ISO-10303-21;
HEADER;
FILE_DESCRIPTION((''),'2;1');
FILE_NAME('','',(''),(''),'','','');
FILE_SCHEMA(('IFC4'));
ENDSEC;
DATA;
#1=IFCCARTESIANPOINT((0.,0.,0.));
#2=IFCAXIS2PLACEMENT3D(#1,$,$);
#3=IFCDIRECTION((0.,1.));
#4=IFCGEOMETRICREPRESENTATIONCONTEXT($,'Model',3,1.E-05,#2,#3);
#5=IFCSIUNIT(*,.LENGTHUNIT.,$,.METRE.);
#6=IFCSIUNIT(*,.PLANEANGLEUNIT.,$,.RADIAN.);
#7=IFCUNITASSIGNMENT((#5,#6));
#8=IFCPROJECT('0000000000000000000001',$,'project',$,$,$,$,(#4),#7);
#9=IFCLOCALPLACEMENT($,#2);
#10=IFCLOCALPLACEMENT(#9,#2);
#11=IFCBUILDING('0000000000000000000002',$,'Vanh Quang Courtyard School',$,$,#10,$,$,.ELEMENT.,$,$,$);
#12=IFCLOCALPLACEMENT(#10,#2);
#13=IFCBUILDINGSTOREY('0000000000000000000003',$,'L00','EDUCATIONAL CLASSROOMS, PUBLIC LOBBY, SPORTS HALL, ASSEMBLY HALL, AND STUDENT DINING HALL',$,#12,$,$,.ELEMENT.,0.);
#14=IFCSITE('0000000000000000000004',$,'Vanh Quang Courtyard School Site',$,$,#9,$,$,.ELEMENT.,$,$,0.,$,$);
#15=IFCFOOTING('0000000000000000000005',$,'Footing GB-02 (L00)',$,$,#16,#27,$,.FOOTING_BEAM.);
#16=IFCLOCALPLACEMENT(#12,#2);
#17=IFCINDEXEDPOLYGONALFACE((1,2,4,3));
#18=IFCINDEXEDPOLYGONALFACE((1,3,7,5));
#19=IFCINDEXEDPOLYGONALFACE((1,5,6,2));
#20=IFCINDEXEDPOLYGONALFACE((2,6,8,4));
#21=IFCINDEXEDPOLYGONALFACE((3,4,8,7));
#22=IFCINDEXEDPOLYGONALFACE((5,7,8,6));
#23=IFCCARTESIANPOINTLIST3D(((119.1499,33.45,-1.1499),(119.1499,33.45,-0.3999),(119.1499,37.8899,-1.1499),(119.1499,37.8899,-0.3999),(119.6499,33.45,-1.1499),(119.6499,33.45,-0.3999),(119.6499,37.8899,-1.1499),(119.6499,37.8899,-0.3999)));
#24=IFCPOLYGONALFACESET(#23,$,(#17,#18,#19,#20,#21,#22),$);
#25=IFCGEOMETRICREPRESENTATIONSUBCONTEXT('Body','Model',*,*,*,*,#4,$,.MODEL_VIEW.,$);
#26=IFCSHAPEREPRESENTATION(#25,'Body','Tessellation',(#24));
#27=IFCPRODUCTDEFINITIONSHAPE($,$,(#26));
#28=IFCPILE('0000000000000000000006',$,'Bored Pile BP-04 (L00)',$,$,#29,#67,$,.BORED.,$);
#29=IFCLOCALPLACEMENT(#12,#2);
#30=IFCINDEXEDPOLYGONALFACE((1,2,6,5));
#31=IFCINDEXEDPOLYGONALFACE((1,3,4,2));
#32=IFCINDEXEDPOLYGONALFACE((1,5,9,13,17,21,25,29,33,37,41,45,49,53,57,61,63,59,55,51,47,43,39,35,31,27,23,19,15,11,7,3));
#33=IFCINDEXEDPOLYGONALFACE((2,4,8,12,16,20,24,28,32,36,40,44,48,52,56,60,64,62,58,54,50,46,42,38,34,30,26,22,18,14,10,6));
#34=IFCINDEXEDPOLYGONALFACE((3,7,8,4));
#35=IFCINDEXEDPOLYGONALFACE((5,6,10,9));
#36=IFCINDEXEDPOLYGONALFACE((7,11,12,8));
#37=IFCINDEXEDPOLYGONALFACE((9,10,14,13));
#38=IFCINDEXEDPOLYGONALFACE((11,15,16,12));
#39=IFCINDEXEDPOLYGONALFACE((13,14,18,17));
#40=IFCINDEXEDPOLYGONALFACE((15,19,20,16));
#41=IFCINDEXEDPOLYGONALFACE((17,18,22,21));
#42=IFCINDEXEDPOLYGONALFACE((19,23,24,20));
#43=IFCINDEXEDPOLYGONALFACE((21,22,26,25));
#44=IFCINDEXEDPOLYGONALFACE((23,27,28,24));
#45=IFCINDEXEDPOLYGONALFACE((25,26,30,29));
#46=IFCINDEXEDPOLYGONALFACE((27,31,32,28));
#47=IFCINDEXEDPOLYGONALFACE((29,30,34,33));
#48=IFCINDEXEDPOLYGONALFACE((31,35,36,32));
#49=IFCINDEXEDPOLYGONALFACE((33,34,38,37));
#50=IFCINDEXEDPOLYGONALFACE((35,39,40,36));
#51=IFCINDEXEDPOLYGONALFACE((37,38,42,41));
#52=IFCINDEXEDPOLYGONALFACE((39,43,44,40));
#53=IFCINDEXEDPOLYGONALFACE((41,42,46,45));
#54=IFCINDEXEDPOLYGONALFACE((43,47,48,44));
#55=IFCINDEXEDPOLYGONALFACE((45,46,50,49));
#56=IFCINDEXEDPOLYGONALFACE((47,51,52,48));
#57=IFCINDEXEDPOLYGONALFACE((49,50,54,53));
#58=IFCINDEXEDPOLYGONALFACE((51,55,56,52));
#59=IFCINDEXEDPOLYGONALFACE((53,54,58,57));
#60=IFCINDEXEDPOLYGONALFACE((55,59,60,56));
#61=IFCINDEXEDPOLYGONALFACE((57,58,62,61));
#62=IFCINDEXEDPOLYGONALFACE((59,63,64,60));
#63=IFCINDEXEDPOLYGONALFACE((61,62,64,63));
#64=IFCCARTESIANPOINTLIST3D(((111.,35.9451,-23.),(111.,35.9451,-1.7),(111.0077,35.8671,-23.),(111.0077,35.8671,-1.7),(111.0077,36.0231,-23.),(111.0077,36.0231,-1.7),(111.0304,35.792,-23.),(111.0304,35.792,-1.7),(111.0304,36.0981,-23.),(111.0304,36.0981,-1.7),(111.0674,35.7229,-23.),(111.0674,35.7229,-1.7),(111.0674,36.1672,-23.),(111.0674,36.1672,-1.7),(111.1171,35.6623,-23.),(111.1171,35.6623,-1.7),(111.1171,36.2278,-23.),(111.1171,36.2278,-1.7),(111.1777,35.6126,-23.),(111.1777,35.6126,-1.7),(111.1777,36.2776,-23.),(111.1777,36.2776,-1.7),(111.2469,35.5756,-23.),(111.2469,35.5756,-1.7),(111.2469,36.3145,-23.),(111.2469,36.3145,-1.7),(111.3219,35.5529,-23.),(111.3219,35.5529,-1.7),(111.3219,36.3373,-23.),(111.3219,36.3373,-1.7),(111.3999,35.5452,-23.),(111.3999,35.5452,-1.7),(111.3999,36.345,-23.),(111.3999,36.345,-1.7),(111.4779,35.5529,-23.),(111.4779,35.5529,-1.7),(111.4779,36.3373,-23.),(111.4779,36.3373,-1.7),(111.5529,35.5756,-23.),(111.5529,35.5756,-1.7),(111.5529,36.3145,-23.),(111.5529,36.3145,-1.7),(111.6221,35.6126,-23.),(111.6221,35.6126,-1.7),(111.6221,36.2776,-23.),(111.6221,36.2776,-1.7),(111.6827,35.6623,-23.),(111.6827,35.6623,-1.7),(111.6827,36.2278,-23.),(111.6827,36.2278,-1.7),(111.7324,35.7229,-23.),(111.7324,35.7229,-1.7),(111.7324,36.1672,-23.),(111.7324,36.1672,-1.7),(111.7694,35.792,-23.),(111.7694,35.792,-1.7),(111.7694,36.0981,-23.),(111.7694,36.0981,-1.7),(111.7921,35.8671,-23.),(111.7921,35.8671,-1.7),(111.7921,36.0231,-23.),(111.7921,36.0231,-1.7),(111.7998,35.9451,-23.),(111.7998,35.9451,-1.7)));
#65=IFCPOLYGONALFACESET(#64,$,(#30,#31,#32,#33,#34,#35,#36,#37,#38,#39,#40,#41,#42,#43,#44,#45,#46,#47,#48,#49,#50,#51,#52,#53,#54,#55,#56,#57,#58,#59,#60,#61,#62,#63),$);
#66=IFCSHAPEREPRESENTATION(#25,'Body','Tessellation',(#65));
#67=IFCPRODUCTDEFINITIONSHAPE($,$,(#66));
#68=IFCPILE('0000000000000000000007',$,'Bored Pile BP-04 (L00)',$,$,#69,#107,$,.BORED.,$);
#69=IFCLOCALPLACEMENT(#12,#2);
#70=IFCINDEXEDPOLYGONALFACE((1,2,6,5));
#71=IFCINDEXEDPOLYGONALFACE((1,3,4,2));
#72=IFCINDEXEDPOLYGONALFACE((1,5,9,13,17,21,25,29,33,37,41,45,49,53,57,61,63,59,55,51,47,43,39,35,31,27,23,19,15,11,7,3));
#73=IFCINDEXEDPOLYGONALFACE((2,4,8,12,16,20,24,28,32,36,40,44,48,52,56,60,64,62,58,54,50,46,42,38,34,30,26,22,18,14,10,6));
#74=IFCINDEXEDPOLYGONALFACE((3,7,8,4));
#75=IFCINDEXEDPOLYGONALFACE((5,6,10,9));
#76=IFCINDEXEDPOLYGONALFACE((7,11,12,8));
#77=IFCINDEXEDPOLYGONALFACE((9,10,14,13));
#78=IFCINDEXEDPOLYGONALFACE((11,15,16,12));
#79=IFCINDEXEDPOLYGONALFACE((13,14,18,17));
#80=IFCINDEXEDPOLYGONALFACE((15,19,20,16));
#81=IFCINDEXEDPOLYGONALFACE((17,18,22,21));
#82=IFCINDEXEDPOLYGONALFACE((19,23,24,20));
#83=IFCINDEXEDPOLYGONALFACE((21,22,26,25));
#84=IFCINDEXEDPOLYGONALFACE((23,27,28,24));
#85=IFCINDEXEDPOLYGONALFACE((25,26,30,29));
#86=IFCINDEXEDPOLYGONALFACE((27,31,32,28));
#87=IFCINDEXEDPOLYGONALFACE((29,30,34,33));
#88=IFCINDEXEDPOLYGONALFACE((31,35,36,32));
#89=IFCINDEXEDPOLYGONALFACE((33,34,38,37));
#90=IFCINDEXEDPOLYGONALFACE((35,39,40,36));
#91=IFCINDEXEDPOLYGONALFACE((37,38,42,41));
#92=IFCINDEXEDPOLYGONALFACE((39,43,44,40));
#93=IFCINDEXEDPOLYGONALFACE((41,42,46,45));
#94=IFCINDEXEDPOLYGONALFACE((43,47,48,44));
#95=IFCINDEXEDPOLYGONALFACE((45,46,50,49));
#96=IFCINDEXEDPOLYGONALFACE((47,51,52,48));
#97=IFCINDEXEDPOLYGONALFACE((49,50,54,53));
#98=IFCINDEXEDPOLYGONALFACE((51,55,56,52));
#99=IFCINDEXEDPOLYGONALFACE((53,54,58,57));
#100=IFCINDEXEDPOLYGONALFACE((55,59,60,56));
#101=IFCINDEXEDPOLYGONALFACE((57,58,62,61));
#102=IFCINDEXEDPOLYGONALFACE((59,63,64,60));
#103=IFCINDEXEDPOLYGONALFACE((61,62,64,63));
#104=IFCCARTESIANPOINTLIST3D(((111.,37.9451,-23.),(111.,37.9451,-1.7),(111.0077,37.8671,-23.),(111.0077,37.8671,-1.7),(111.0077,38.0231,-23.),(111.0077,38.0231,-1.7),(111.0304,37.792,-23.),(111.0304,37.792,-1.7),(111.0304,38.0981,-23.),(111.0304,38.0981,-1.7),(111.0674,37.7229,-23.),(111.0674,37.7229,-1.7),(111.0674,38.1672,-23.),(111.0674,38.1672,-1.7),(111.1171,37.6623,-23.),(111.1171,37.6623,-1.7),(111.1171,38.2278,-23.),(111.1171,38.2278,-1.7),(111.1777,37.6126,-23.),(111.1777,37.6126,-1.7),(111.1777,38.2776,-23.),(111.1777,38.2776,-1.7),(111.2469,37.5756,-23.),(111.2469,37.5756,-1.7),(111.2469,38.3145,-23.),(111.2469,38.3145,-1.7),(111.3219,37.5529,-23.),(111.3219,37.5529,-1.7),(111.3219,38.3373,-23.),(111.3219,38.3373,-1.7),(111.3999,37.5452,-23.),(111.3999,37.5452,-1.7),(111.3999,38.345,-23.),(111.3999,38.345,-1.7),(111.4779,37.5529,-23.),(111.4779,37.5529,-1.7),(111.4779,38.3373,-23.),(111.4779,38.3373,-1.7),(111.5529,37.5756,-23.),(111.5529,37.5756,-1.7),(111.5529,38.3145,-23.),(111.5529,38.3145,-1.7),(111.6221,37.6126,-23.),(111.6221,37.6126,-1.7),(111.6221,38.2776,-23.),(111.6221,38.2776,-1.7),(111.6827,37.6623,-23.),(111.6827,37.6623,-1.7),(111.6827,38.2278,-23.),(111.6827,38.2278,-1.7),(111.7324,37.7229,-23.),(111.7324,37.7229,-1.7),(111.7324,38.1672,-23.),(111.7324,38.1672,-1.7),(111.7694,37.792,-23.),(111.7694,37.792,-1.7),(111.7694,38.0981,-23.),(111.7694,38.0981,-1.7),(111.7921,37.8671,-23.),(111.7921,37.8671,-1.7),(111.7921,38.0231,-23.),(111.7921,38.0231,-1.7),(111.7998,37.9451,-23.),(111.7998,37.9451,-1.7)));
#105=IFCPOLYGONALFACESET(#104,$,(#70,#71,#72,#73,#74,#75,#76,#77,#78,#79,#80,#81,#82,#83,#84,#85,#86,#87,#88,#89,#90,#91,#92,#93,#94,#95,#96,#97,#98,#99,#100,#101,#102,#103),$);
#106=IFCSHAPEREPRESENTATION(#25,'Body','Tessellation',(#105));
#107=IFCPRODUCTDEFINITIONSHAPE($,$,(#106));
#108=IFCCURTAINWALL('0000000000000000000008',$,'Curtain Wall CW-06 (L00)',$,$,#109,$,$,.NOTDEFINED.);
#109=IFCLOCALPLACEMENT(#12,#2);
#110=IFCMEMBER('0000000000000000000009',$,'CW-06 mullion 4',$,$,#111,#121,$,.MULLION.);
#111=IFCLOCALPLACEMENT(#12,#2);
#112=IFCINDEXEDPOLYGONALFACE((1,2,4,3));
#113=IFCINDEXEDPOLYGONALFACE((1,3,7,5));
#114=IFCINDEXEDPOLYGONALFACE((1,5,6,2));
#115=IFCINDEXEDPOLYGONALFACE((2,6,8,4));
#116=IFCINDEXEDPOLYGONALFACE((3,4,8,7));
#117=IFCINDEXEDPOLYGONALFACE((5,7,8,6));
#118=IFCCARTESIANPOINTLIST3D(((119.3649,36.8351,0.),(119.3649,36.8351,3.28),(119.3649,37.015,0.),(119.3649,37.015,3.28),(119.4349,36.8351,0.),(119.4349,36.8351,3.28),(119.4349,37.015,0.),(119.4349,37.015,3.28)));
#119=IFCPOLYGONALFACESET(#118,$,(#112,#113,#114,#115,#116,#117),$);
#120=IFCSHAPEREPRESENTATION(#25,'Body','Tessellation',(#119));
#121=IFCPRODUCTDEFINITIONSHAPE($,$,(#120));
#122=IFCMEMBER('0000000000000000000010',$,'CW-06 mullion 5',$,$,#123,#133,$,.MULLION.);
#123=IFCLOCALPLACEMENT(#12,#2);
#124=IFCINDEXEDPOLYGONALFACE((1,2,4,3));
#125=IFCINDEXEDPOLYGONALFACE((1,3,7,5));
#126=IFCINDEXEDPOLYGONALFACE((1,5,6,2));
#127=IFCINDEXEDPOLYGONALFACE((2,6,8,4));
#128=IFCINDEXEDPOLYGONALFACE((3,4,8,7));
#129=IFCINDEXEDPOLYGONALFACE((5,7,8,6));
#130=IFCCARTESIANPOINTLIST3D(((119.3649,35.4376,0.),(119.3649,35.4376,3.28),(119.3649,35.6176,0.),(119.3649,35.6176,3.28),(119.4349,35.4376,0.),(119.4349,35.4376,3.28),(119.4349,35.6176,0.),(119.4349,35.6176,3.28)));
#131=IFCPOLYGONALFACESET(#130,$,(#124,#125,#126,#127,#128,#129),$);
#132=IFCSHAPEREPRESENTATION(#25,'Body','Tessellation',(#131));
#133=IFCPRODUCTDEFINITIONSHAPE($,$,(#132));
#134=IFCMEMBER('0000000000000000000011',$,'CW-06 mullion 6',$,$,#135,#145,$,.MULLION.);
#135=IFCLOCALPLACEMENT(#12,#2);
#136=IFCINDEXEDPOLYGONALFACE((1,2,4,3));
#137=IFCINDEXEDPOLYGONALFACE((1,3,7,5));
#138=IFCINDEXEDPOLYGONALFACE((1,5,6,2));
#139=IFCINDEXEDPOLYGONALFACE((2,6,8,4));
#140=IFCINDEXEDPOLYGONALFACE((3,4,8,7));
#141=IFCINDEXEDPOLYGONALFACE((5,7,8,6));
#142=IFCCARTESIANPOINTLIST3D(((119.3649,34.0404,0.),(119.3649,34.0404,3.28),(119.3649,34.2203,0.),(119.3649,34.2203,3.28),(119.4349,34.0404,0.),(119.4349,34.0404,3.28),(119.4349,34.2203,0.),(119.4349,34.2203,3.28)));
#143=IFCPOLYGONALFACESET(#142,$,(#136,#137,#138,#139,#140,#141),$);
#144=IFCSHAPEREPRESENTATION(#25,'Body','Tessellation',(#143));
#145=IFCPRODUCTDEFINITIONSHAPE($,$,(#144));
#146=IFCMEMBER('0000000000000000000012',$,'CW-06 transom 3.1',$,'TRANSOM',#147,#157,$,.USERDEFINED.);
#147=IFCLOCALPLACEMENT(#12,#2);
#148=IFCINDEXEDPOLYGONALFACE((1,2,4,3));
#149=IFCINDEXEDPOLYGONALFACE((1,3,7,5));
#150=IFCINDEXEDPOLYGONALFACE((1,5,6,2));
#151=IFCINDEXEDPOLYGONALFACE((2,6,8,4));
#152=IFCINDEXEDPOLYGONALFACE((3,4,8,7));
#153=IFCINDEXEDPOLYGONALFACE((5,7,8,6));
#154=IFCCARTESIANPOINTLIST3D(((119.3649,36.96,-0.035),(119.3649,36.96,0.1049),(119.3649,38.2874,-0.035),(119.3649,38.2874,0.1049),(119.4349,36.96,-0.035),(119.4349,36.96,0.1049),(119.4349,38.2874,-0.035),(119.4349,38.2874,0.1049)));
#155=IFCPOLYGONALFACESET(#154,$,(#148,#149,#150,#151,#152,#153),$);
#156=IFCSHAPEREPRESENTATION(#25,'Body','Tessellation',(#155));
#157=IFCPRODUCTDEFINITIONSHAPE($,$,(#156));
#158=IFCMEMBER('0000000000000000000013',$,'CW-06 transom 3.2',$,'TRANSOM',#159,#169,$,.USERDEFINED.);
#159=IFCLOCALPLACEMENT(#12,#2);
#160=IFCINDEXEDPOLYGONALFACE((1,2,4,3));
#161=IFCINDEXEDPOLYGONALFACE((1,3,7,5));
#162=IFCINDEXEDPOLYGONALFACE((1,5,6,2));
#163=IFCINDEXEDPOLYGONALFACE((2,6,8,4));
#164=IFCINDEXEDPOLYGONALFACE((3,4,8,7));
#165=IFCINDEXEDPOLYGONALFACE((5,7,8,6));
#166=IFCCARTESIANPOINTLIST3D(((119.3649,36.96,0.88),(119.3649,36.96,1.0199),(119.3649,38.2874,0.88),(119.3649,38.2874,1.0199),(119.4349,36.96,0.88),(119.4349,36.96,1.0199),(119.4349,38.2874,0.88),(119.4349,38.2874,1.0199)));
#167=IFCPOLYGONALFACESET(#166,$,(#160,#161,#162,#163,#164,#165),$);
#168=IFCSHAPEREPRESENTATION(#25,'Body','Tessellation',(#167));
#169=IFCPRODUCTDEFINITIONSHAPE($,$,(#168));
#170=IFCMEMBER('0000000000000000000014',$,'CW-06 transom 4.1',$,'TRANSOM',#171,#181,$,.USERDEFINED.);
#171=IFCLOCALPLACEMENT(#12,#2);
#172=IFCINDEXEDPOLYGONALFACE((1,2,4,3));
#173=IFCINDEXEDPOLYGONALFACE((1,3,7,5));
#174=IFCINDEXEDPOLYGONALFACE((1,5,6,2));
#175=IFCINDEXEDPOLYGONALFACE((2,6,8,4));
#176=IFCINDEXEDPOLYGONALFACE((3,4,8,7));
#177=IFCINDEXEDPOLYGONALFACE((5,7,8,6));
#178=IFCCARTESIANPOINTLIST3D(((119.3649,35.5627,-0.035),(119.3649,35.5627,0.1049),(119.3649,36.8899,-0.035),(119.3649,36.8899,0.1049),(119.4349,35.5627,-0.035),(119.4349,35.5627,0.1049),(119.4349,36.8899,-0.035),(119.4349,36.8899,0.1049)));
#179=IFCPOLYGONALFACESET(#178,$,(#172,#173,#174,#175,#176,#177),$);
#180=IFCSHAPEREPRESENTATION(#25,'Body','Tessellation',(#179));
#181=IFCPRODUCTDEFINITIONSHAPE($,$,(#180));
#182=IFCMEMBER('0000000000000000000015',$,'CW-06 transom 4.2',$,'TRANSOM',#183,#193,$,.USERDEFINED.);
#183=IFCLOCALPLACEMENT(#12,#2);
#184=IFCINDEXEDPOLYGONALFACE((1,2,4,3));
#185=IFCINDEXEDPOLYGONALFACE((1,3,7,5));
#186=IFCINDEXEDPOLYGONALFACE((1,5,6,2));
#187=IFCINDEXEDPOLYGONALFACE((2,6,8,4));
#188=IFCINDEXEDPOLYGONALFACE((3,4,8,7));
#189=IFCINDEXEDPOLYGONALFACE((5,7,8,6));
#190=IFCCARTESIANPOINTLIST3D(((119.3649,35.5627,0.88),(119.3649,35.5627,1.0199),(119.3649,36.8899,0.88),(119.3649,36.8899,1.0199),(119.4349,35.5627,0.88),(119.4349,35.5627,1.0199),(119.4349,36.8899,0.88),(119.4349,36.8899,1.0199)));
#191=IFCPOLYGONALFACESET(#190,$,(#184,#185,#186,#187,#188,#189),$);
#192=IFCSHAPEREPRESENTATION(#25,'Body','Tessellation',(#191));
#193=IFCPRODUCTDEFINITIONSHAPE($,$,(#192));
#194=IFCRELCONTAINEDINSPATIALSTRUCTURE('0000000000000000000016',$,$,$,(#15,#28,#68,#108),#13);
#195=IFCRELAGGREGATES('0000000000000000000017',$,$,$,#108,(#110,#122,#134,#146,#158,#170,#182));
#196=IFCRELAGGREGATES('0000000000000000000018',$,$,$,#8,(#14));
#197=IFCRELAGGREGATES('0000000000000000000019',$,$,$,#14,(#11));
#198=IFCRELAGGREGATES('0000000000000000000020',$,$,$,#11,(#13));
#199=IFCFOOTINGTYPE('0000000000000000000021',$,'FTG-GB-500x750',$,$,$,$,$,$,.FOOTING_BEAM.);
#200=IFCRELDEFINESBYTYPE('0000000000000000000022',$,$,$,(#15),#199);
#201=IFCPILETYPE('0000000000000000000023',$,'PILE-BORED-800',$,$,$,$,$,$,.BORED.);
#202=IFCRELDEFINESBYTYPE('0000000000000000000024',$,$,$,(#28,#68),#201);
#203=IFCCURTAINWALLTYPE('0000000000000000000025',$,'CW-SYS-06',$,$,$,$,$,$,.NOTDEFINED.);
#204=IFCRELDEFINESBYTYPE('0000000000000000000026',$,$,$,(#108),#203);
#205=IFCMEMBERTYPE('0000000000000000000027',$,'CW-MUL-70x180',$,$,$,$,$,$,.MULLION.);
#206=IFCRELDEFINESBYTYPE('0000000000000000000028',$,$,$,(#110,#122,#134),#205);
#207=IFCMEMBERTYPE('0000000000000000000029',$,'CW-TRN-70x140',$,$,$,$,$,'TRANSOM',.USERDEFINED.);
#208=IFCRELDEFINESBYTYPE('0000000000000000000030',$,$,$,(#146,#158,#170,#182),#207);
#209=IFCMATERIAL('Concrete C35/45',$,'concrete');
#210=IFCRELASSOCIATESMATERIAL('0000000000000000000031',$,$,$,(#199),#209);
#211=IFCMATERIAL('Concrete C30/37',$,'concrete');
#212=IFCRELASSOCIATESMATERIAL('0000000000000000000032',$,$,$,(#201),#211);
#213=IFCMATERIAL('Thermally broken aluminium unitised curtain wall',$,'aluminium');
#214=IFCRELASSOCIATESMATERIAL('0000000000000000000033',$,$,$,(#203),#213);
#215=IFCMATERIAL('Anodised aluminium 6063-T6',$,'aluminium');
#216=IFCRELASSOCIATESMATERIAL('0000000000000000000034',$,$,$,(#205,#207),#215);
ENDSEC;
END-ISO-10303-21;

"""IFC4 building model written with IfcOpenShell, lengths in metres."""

from ifc_helpers import new_model, si_unit, direction, frame, origin, origin_2d, place, context, subcontext, project, spatial, rectangle, circle, extrude, material, material_profile, profile_set, type_object, element, aggregate, save


model = new_model("IFC4")

# Units and contexts
model_context = context("Model", 3, precision=1e-05, world=origin(), true_north=direction((0.0, 1.0)))
body_context = subcontext(model_context, "Body", "Model", "MODEL_VIEW")
ifc_project = project(units=[si_unit("LENGTHUNIT", "METRE"), si_unit("PLANEANGLEUNIT", "RADIAN")], contexts=[model_context])

# Site, building, storey
site_placement = place(None, origin())
site = spatial("IfcSite", under=ifc_project, at=site_placement, Name="Vanh Quang Courtyard School Site", CompositionType="ELEMENT", RefElevation=0.0)
building_placement = place(site_placement, origin())
building = spatial("IfcBuilding", under=site, at=building_placement, Name="Vanh Quang Courtyard School", CompositionType="ELEMENT")
storey_placement = place(building_placement, origin())
storey = spatial("IfcBuildingStorey", under=building, at=storey_placement, Name="L00", Description="EDUCATIONAL CLASSROOMS, PUBLIC LOBBY, SPORTS HALL, ASSEMBLY HALL, AND STUDENT DINING HALL", CompositionType="ELEMENT", Elevation=0.0)

# Footing
ifc_material_1 = material(Name="Concrete C35/45", Category="concrete")
footing_type = type_object("IfcFootingType", Name="FTG-GB-500x750", PredefinedType="FOOTING_BEAM", material=ifc_material_1)
footing_placement = place(storey_placement, frame((119.3999, 35.6699, -1.1499), z_axis=(0.0, 0.0, 1.0), x_axis=(0.0, 1.0, 0.0)))
element("IfcFooting", 1, at=footing_placement, inside=storey, type_object=footing_type, Name="Footing GB-02 (L00)", PredefinedType="FOOTING_BEAM", context=body_context, shape_type="SweptSolid", body=[
    extrude(rectangle(XDim=4.4399, YDim=0.5, at=origin_2d()), origin(), (0.0, 0.0, 1.0), 0.75),
])

# Piles
ifc_material_2 = material(Name="Concrete C30/37", Category="concrete")
ifc_material_profile_1 = material_profile(ifc_material_2, circle(Radius=0.3999, at=origin_2d()), Name="PILE D800")
ifc_profile_set_1 = profile_set([ifc_material_profile_1], Name="Concrete C30/37")
pile_type = type_object("IfcPileType", Name="PILE-BORED-800", PredefinedType="BORED", material=ifc_profile_set_1)
for number, where, z_axis, x_axis, name in (
    (2, (111.3999, 35.9451, -1.7), (0.0, 0.0, -1.0), (1.0, 0.0, 0.0), "Bored Pile BP-04 (L00)"),
    (3, (111.3999, 37.9451, -1.7), (0.0, 0.0, -1.0), (1.0, 0.0, 0.0), "Bored Pile BP-04 (L00)"),
):
    element("IfcPile", number, at=place(storey_placement, frame(where, z_axis=z_axis, x_axis=x_axis)), inside=storey, type_object=pile_type, Name=name, PredefinedType="BORED", context=body_context, shape_type="SweptSolid", body=[
        extrude(circle(Radius=0.3999, at=origin_2d()), origin(), (0.0, 0.0, 1.0), 21.3),
    ])

# Curtain wall, members
ifc_material_3 = material(Name="Thermally broken aluminium unitised curtain wall", Category="aluminium")
curtain_wall_type = type_object("IfcCurtainWallType", Name="CW-SYS-06", PredefinedType="NOTDEFINED", material=ifc_material_3)
curtain_wall_placement = place(storey_placement, origin())
curtain_wall = element("IfcCurtainWall", 4, at=curtain_wall_placement, inside=storey, type_object=curtain_wall_type, Name="Curtain Wall CW-06 (L00)", PredefinedType="NOTDEFINED")
ifc_material_4 = material(Name="Anodised aluminium 6063-T6", Category="aluminium")
ifc_material_profile_2 = material_profile(ifc_material_4, rectangle(XDim=0.0701, YDim=0.1799, at=origin_2d()), Name="ALU-MUL 70x180")
ifc_profile_set_2 = profile_set([ifc_material_profile_2], Name="Anodised aluminium 6063-T6")
member_type_1 = type_object("IfcMemberType", Name="CW-MUL-70x180", PredefinedType="MULLION", material=ifc_profile_set_2)
member_1_placement = place(storey_placement, frame((119.3999, 36.925, 0.0), z_axis=(0.0, 0.0, 1.0), x_axis=(1.0, 0.0, 0.0)))
member_1 = element("IfcMember", 5, at=member_1_placement, type_object=member_type_1, Name="CW-06 mullion 4", PredefinedType="MULLION", context=body_context, shape_type="SweptSolid", body=[
    extrude(rectangle(XDim=0.0701, YDim=0.1799, at=origin_2d()), origin(), (0.0, 0.0, 1.0), 3.28),
])
member_2_placement = place(storey_placement, frame((119.3999, 35.5276, 0.0), z_axis=(0.0, 0.0, 1.0), x_axis=(1.0, 0.0, 0.0)))
member_2 = element("IfcMember", 6, at=member_2_placement, type_object=member_type_1, Name="CW-06 mullion 5", PredefinedType="MULLION", context=body_context, shape_type="SweptSolid", body=[
    extrude(rectangle(XDim=0.0701, YDim=0.1799, at=origin_2d()), origin(), (0.0, 0.0, 1.0), 3.28),
])
member_3_placement = place(storey_placement, frame((119.3999, 34.1304, 0.0), z_axis=(0.0, 0.0, 1.0), x_axis=(1.0, 0.0, 0.0)))
member_3 = element("IfcMember", 7, at=member_3_placement, type_object=member_type_1, Name="CW-06 mullion 6", PredefinedType="MULLION", context=body_context, shape_type="SweptSolid", body=[
    extrude(rectangle(XDim=0.0701, YDim=0.1799, at=origin_2d()), origin(), (0.0, 0.0, 1.0), 3.28),
])
ifc_material_profile_3 = material_profile(ifc_material_4, rectangle(XDim=0.0701, YDim=0.1399, at=origin_2d()), Name="ALU-TRN 70x140")
ifc_profile_set_3 = profile_set([ifc_material_profile_3], Name="Anodised aluminium 6063-T6")
member_type_2 = type_object("IfcMemberType", Name="CW-TRN-70x140", ElementType="TRANSOM", PredefinedType="USERDEFINED", material=ifc_profile_set_3)
member_4_placement = place(storey_placement, frame((119.3999, 38.2874, 0.0349), z_axis=(0.0, -1.0, 0.0), x_axis=(1.0, 0.0, 0.0)))
member_4 = element("IfcMember", 8, at=member_4_placement, type_object=member_type_2, Name="CW-06 transom 3.1", ObjectType="TRANSOM", PredefinedType="USERDEFINED", context=body_context, shape_type="SweptSolid", body=[
    extrude(rectangle(XDim=0.0701, YDim=0.1399, at=origin_2d()), origin(), (0.0, 0.0, 1.0), 1.3274),
])
member_5_placement = place(storey_placement, frame((119.3999, 38.2874, 0.95), z_axis=(0.0, -1.0, 0.0), x_axis=(1.0, 0.0, 0.0)))
member_5 = element("IfcMember", 9, at=member_5_placement, type_object=member_type_2, Name="CW-06 transom 3.2", ObjectType="TRANSOM", PredefinedType="USERDEFINED", context=body_context, shape_type="SweptSolid", body=[
    extrude(rectangle(XDim=0.0701, YDim=0.1399, at=origin_2d()), origin(), (0.0, 0.0, 1.0), 1.3274),
])
member_6_placement = place(storey_placement, frame((119.3999, 36.8899, 0.0349), z_axis=(0.0, -1.0, 0.0), x_axis=(1.0, 0.0, 0.0)))
member_6 = element("IfcMember", 10, at=member_6_placement, type_object=member_type_2, Name="CW-06 transom 4.1", ObjectType="TRANSOM", PredefinedType="USERDEFINED", context=body_context, shape_type="SweptSolid", body=[
    extrude(rectangle(XDim=0.0701, YDim=0.1399, at=origin_2d()), origin(), (0.0, 0.0, 1.0), 1.3271),
])
member_7_placement = place(storey_placement, frame((119.3999, 36.8899, 0.95), z_axis=(0.0, -1.0, 0.0), x_axis=(1.0, 0.0, 0.0)))
member_7 = element("IfcMember", 11, at=member_7_placement, type_object=member_type_2, Name="CW-06 transom 4.2", ObjectType="TRANSOM", PredefinedType="USERDEFINED", context=body_context, shape_type="SweptSolid", body=[
    extrude(rectangle(XDim=0.0701, YDim=0.1399, at=origin_2d()), origin(), (0.0, 0.0, 1.0), 1.3271),
])
aggregate(curtain_wall, [member_1, member_2, member_3, member_4, member_5, member_6, member_7])

save(model, "model.ifc")
